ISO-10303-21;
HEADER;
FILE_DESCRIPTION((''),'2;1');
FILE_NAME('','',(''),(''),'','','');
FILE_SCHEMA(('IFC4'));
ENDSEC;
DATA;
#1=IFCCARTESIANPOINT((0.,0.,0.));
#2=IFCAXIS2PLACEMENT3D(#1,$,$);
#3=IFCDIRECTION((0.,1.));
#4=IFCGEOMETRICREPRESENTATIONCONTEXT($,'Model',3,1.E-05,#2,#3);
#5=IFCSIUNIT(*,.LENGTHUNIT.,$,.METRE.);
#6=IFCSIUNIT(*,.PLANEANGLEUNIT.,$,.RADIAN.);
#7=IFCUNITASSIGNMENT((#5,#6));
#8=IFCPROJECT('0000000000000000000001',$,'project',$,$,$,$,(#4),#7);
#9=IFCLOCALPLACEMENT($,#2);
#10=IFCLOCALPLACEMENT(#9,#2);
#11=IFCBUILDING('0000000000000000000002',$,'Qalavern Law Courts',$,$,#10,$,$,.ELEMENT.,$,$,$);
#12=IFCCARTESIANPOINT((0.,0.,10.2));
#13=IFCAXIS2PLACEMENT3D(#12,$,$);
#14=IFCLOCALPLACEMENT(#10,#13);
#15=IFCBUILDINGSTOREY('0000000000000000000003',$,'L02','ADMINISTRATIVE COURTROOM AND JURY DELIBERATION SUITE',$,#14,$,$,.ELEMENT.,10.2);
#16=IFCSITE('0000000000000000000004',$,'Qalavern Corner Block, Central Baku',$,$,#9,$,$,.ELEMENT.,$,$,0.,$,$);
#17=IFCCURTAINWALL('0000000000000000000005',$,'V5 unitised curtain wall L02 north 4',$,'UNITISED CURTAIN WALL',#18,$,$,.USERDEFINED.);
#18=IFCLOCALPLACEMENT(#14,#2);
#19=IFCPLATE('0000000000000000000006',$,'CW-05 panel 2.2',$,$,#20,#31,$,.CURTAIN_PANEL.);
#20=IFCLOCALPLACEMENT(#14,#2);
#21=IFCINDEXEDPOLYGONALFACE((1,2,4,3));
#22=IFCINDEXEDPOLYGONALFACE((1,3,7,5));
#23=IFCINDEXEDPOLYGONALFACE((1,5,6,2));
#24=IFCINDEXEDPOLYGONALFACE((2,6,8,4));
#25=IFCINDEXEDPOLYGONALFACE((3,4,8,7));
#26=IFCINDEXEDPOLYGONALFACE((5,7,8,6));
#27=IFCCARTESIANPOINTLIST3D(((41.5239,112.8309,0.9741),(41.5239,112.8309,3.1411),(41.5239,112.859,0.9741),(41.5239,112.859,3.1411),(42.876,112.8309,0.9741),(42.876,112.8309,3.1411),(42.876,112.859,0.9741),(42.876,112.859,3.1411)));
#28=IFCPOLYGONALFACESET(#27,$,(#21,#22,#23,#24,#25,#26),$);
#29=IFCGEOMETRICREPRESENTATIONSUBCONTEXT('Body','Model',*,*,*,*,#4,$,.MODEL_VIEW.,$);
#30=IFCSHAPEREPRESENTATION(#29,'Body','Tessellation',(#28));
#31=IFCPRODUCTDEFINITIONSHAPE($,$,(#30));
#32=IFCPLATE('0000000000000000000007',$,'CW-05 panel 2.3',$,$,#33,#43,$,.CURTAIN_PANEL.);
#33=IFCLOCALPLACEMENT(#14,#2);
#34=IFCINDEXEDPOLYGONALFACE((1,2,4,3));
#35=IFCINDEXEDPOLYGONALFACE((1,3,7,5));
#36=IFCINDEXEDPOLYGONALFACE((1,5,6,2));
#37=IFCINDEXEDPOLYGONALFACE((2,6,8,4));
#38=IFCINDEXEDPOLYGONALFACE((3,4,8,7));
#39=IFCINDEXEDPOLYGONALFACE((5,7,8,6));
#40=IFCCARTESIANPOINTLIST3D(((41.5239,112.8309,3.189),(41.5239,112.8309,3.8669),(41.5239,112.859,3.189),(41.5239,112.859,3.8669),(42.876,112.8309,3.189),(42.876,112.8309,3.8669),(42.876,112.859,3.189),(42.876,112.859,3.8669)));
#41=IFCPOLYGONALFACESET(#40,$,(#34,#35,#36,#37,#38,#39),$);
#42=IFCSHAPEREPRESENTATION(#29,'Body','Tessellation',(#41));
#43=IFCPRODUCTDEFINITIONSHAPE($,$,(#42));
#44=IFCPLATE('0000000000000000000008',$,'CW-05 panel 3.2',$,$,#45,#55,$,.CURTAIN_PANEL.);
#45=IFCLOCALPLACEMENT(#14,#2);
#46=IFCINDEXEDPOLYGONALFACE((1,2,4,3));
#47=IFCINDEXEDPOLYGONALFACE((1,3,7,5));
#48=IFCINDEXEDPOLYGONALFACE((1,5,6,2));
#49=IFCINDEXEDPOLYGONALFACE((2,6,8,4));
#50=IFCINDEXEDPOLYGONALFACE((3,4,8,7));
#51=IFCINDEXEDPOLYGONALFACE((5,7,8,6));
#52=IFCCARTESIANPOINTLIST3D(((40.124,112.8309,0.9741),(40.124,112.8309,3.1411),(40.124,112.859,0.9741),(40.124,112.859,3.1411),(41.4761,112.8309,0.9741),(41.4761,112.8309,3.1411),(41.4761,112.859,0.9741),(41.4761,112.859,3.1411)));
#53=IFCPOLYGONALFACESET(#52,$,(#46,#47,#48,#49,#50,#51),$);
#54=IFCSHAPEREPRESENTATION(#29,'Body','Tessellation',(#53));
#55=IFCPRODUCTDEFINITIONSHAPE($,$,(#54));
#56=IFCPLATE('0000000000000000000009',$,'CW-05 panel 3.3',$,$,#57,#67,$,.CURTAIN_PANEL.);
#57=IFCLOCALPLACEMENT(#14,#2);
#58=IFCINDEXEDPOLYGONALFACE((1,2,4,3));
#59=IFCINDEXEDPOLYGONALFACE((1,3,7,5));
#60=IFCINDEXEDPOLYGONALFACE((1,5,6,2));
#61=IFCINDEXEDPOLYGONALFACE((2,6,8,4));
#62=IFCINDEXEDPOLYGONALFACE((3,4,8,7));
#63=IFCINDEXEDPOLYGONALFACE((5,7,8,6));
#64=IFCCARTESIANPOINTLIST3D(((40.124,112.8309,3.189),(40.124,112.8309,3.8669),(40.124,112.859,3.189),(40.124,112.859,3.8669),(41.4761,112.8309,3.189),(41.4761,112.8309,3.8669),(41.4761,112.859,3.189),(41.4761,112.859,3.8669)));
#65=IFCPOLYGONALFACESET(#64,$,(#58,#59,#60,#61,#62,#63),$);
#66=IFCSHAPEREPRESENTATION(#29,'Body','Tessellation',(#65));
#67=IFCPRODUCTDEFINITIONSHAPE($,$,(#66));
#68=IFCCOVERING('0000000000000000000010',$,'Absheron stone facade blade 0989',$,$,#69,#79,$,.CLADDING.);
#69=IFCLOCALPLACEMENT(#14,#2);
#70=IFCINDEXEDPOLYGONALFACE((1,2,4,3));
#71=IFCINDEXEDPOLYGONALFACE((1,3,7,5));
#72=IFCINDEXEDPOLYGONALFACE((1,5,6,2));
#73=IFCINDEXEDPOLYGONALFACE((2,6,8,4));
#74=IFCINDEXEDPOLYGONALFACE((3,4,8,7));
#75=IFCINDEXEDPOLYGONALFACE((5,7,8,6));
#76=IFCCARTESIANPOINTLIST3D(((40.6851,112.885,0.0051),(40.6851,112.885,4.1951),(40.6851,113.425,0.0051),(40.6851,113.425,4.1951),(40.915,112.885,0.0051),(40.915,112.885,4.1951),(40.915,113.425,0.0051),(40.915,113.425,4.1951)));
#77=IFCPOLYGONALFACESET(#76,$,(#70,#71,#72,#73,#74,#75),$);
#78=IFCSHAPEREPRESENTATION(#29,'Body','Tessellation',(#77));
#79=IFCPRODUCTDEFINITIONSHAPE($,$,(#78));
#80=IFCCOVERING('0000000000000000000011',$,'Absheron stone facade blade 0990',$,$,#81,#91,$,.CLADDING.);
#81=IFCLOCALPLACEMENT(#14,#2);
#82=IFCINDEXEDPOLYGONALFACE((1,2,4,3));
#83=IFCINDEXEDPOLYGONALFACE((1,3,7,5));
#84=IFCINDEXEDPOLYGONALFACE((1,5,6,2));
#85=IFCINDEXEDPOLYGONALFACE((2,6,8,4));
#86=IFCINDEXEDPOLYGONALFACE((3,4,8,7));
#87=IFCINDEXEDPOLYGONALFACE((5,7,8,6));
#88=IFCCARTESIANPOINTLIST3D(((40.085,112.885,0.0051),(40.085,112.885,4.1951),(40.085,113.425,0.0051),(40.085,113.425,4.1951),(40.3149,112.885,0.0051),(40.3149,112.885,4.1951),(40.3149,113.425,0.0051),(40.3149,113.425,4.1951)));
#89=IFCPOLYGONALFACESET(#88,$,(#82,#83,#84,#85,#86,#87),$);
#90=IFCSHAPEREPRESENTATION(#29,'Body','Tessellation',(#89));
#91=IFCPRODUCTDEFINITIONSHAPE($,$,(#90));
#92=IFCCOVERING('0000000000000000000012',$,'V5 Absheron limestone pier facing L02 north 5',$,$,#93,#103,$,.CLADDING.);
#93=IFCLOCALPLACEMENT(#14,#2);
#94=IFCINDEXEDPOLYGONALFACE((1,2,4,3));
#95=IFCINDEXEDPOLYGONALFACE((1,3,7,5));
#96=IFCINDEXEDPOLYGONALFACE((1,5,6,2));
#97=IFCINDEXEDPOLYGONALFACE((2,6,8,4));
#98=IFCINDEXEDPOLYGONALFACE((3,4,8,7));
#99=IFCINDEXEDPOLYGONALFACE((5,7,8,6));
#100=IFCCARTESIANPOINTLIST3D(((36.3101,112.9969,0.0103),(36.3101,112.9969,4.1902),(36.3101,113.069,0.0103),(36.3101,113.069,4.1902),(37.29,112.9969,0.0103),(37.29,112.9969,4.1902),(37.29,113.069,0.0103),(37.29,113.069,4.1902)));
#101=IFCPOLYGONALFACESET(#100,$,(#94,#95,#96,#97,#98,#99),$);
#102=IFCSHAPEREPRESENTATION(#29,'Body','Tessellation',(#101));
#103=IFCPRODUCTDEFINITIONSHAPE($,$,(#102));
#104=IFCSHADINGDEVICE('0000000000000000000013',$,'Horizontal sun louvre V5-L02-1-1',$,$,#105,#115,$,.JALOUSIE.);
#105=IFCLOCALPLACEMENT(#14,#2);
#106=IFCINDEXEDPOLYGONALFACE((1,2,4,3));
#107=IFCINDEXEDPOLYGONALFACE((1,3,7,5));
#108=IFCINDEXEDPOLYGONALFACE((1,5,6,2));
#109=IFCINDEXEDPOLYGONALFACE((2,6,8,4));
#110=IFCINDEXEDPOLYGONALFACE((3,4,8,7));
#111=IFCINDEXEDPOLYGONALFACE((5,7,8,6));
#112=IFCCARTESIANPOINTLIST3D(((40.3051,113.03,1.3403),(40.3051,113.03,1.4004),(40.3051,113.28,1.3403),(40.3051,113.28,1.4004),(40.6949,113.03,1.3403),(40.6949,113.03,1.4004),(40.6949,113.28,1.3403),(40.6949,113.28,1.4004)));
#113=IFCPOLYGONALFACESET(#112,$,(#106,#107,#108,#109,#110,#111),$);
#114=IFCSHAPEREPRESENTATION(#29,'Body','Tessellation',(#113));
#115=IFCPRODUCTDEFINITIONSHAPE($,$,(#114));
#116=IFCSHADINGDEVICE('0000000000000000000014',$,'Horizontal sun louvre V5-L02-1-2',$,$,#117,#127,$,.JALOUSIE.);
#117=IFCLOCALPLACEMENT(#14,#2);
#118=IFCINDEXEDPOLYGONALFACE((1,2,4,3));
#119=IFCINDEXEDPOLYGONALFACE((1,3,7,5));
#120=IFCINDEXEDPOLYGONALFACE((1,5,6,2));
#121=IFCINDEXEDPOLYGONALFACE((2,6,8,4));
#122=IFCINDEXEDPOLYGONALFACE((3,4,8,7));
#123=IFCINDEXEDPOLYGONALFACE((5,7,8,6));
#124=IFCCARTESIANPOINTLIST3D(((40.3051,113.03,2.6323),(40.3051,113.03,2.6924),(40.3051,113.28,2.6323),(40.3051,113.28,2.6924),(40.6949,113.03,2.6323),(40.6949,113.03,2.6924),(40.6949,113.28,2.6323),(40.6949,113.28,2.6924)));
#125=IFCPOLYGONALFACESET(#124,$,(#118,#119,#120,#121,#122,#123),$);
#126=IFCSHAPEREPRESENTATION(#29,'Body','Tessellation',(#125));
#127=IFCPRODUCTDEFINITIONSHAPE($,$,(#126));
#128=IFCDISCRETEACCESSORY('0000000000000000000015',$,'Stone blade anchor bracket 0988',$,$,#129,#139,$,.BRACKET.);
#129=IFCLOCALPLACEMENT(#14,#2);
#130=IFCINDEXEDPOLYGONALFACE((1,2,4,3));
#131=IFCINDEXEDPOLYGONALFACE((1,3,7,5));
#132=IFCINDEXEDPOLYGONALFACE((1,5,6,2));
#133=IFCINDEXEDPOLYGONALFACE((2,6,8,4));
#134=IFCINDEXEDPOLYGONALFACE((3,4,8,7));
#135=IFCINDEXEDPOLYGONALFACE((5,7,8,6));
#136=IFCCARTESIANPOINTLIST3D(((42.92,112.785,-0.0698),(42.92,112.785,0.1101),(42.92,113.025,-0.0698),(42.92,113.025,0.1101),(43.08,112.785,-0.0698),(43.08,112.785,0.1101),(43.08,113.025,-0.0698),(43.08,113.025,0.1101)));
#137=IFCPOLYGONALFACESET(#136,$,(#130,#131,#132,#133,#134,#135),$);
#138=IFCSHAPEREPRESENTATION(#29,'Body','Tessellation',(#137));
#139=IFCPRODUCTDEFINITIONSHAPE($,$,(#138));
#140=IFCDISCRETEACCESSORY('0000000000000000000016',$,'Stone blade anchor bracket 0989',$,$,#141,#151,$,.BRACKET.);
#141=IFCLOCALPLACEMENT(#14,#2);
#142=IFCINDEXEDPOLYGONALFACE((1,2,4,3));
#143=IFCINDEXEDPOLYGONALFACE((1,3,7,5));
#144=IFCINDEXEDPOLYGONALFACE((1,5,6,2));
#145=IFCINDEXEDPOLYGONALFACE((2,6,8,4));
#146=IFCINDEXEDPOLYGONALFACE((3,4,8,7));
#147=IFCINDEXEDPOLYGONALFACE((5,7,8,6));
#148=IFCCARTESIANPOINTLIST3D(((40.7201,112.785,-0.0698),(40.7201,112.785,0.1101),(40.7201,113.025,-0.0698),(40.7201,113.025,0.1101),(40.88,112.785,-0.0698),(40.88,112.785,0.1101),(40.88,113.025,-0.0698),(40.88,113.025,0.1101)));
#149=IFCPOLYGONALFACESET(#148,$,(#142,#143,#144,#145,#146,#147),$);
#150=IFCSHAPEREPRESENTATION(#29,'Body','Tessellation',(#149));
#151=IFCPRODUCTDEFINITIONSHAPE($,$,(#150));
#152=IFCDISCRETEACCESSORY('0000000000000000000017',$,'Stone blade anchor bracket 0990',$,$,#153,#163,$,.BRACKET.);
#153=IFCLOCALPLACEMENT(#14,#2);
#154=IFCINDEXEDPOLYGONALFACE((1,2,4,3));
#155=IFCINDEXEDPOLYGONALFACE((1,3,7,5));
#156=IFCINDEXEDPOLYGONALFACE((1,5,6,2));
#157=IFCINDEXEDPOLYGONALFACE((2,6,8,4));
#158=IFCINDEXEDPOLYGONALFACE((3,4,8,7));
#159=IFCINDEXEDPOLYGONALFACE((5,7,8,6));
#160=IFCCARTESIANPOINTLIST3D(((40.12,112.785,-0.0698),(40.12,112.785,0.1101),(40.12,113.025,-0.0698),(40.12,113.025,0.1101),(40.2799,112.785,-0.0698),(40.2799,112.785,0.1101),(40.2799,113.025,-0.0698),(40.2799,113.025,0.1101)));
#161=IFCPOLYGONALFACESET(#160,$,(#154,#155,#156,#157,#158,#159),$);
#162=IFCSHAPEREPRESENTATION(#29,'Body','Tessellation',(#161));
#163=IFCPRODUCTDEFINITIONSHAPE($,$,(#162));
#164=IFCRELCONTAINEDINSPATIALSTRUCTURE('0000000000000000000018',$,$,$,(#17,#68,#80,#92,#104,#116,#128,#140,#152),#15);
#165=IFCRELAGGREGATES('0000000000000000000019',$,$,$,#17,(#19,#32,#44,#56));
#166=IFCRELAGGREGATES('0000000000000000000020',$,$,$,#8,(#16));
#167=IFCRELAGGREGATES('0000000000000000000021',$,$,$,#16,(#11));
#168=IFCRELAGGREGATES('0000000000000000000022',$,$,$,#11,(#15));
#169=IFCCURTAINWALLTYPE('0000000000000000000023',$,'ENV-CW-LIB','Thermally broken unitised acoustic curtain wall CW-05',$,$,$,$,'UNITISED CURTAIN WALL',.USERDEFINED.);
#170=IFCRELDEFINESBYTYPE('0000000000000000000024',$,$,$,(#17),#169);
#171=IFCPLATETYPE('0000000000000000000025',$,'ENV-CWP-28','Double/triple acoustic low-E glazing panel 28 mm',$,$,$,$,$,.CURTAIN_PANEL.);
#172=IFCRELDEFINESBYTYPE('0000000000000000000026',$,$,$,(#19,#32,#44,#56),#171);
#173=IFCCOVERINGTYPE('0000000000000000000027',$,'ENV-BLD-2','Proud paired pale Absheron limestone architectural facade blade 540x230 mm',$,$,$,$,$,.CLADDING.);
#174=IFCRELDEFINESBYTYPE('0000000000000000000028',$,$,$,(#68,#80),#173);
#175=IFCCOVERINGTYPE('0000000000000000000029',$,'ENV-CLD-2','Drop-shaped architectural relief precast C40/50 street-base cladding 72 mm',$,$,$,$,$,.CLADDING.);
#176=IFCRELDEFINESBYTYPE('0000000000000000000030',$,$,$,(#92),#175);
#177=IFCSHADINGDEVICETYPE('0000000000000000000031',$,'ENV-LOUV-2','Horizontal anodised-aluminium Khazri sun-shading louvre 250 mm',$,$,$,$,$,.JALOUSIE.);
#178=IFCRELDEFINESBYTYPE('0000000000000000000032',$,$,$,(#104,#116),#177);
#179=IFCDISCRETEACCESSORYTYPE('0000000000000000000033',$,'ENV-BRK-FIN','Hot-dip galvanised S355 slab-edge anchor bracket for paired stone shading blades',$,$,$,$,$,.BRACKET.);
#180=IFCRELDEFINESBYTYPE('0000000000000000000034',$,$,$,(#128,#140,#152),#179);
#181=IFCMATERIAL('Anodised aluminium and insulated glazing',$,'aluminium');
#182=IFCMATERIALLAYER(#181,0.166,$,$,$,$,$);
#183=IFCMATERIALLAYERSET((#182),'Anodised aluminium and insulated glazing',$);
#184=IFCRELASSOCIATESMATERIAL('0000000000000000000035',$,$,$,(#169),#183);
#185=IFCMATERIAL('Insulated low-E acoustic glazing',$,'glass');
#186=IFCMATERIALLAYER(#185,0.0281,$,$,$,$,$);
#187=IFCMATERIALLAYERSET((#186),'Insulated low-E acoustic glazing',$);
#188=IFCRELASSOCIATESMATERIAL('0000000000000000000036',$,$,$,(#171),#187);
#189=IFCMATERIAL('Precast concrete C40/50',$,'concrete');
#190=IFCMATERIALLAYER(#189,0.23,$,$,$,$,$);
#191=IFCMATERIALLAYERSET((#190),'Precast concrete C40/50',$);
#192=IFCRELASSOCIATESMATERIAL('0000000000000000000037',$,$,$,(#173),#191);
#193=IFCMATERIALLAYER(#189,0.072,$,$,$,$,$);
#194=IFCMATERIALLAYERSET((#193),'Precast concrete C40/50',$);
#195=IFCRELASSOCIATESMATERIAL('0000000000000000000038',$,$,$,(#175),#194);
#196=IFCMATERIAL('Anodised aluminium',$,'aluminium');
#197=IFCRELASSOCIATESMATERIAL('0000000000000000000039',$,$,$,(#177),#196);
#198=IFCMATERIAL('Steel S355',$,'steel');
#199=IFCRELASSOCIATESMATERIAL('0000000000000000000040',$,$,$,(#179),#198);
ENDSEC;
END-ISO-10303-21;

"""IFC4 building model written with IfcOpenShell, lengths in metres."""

from ifc_helpers import new_model, si_unit, direction, frame, origin, origin_2d, place, context, subcontext, project, spatial, rectangle, extrude, material, layer, layer_set, type_object, element, aggregate, save


model = new_model("IFC4")

# Units and contexts
model_context = context("Model", 3, precision=1e-05, world=origin(), true_north=direction((0.0, 1.0)))
body_context = subcontext(model_context, "Body", "Model", "MODEL_VIEW")
ifc_project = project(units=[si_unit("LENGTHUNIT", "METRE"), si_unit("PLANEANGLEUNIT", "RADIAN")], contexts=[model_context])

# Site, building, storey
site_placement = place(None, origin())
site = spatial("IfcSite", under=ifc_project, at=site_placement, Name="Qalavern Corner Block, Central Baku", CompositionType="ELEMENT", RefElevation=0.0)
building_placement = place(site_placement, origin())
building = spatial("IfcBuilding", under=site, at=building_placement, Name="Qalavern Law Courts", CompositionType="ELEMENT")
storey_placement = place(building_placement, frame((0.0, 0.0, 10.2)))
storey = spatial("IfcBuildingStorey", under=building, at=storey_placement, Name="L02", Description="ADMINISTRATIVE COURTROOM AND JURY DELIBERATION SUITE", CompositionType="ELEMENT", Elevation=10.2)

# Curtain wall, plates
ifc_material_1 = material(Name="Anodised aluminium and insulated glazing", Category="aluminium")
ifc_layer_1 = layer(ifc_material_1, 0.166)
ifc_layer_set_1 = layer_set([ifc_layer_1], Name="Anodised aluminium and insulated glazing")
curtain_wall_type = type_object("IfcCurtainWallType", Name="ENV-CW-LIB", Description="Thermally broken unitised acoustic curtain wall CW-05", ElementType="UNITISED CURTAIN WALL", PredefinedType="USERDEFINED", material=ifc_layer_set_1)
curtain_wall_placement = place(storey_placement, origin())
curtain_wall = element("IfcCurtainWall", 1, at=curtain_wall_placement, inside=storey, type_object=curtain_wall_type, Name="V5 unitised curtain wall L02 north 4", ObjectType="UNITISED CURTAIN WALL", PredefinedType="USERDEFINED")
ifc_material_2 = material(Name="Anodised aluminium", Category="aluminium")
ifc_material_3 = material(Name="Insulated low-E acoustic glazing", Category="glass")
ifc_layer_2 = layer(ifc_material_3, 0.0281)
ifc_layer_set_2 = layer_set([ifc_layer_2], Name="Insulated low-E acoustic glazing")
plate_type = type_object("IfcPlateType", Name="ENV-CWP-28", Description="Double/triple acoustic low-E glazing panel 28 mm", PredefinedType="CURTAIN_PANEL", material=ifc_layer_set_2)
plate_1_placement = place(storey_placement, frame((42.2, 112.845, 0.9741), z_axis=(0.0, 0.0, 1.0), x_axis=(-1.0, 0.0, 0.0)))
plate_1 = element("IfcPlate", 2, at=plate_1_placement, type_object=plate_type, Name="CW-05 panel 2.2", PredefinedType="CURTAIN_PANEL", context=body_context, shape_type="SweptSolid", body=[
    extrude(rectangle(XDim=1.3521, YDim=0.0281, at=origin_2d()), origin(), (0.0, 0.0, 1.0), 2.167),
])
plate_2_placement = place(storey_placement, frame((42.2, 112.845, 3.189), z_axis=(0.0, 0.0, 1.0), x_axis=(-1.0, 0.0, 0.0)))
plate_2 = element("IfcPlate", 3, at=plate_2_placement, type_object=plate_type, Name="CW-05 panel 2.3", PredefinedType="CURTAIN_PANEL", context=body_context, shape_type="SweptSolid", body=[
    extrude(rectangle(XDim=1.3521, YDim=0.0281, at=origin_2d()), origin(), (0.0, 0.0, 1.0), 0.678),
])
plate_3_placement = place(storey_placement, frame((40.8, 112.845, 0.9741), z_axis=(0.0, 0.0, 1.0), x_axis=(-1.0, 0.0, 0.0)))
plate_3 = element("IfcPlate", 4, at=plate_3_placement, type_object=plate_type, Name="CW-05 panel 3.2", PredefinedType="CURTAIN_PANEL", context=body_context, shape_type="SweptSolid", body=[
    extrude(rectangle(XDim=1.3521, YDim=0.0281, at=origin_2d()), origin(), (0.0, 0.0, 1.0), 2.167),
])
plate_4_placement = place(storey_placement, frame((40.8, 112.845, 3.189), z_axis=(0.0, 0.0, 1.0), x_axis=(-1.0, 0.0, 0.0)))
plate_4 = element("IfcPlate", 5, at=plate_4_placement, type_object=plate_type, Name="CW-05 panel 3.3", PredefinedType="CURTAIN_PANEL", context=body_context, shape_type="SweptSolid", body=[
    extrude(rectangle(XDim=1.3521, YDim=0.0281, at=origin_2d()), origin(), (0.0, 0.0, 1.0), 0.678),
])
aggregate(curtain_wall, [plate_1, plate_2, plate_3, plate_4])

# Coverings
ifc_material_4 = material(Name="Precast concrete C40/50", Category="concrete")
ifc_layer_3 = layer(ifc_material_4, 0.23)
ifc_layer_set_3 = layer_set([ifc_layer_3], Name="Precast concrete C40/50")
covering_type_1 = type_object("IfcCoveringType", Name="ENV-BLD-2", Description="Proud paired pale Absheron limestone architectural facade blade 540x230 mm", PredefinedType="CLADDING", material=ifc_layer_set_3)
for number, where, z_axis, x_axis, name in (
    (6, (40.8, 113.155, 0.0051), (0.0, 0.0, 1.0), (0.0, 1.0, 0.0), "Absheron stone facade blade 0989"),
    (7, (40.2, 113.155, 0.0051), (0.0, 0.0, 1.0), (0.0, 1.0, 0.0), "Absheron stone facade blade 0990"),
):
    element("IfcCovering", number, at=place(storey_placement, frame(where, z_axis=z_axis, x_axis=x_axis)), inside=storey, type_object=covering_type_1, Name=name, PredefinedType="CLADDING", context=body_context, shape_type="SweptSolid", body=[
        extrude(rectangle(XDim=0.54, YDim=0.23, at=origin_2d()), origin(), (0.0, 0.0, 1.0), 4.1899),
    ])
ifc_layer_4 = layer(ifc_material_4, 0.072)
ifc_layer_set_4 = layer_set([ifc_layer_4], Name="Precast concrete C40/50")
covering_type_2 = type_object("IfcCoveringType", Name="ENV-CLD-2", Description="Drop-shaped architectural relief precast C40/50 street-base cladding 72 mm", PredefinedType="CLADDING", material=ifc_layer_set_4)
covering_placement = place(storey_placement, frame((36.8, 113.033, 0.0103), z_axis=(0.0, 0.0, 1.0), x_axis=(-1.0, 0.0, 0.0)))
element("IfcCovering", 8, at=covering_placement, inside=storey, type_object=covering_type_2, Name="V5 Absheron limestone pier facing L02 north 5", PredefinedType="CLADDING", context=body_context, shape_type="SweptSolid", body=[
    extrude(rectangle(XDim=0.98, YDim=0.072, at=origin_2d()), origin(), (0.0, 0.0, 1.0), 4.1799),
])

# Shading devices
shading_device_type = type_object("IfcShadingDeviceType", Name="ENV-LOUV-2", Description="Horizontal anodised-aluminium Khazri sun-shading louvre 250 mm", PredefinedType="JALOUSIE", material=ifc_material_2)
for number, where, z_axis, x_axis, name in (
    (9, (40.5, 113.155, 1.3403), (0.0, 0.0, 1.0), (-1.0, 0.0, 0.0), "Horizontal sun louvre V5-L02-1-1"),
    (10, (40.5, 113.155, 2.6323), (0.0, 0.0, 1.0), (-1.0, 0.0, 0.0), "Horizontal sun louvre V5-L02-1-2"),
):
    element("IfcShadingDevice", number, at=place(storey_placement, frame(where, z_axis=z_axis, x_axis=x_axis)), inside=storey, type_object=shading_device_type, Name=name, PredefinedType="JALOUSIE", context=body_context, shape_type="SweptSolid", body=[
        extrude(rectangle(XDim=0.3899, YDim=0.25, at=origin_2d()), origin(), (0.0, 0.0, 1.0), 0.0601),
    ])

# Discrete accessories
ifc_material_5 = material(Name="Steel S355", Category="steel")
discrete_accessory_type = type_object("IfcDiscreteAccessoryType", Name="ENV-BRK-FIN", Description="Hot-dip galvanised S355 slab-edge anchor bracket for paired stone shading blades", PredefinedType="BRACKET", material=ifc_material_5)
for number, where, z_axis, x_axis, name in (
    (11, (43.0, 112.905, -0.0698), (0.0, 0.0, 1.0), (0.0, 1.0, 0.0), "Stone blade anchor bracket 0988"),
    (12, (40.8, 112.905, -0.0698), (0.0, 0.0, 1.0), (0.0, 1.0, 0.0), "Stone blade anchor bracket 0989"),
    (13, (40.2, 112.905, -0.0698), (0.0, 0.0, 1.0), (0.0, 1.0, 0.0), "Stone blade anchor bracket 0990"),
):
    element("IfcDiscreteAccessory", number, at=place(storey_placement, frame(where, z_axis=z_axis, x_axis=x_axis)), inside=storey, type_object=discrete_accessory_type, Name=name, PredefinedType="BRACKET", context=body_context, shape_type="SweptSolid", body=[
        extrude(rectangle(XDim=0.24, YDim=0.1599, at=origin_2d()), origin(), (0.0, 0.0, 1.0), 0.1799),
    ])

save(model, "model.ifc")
